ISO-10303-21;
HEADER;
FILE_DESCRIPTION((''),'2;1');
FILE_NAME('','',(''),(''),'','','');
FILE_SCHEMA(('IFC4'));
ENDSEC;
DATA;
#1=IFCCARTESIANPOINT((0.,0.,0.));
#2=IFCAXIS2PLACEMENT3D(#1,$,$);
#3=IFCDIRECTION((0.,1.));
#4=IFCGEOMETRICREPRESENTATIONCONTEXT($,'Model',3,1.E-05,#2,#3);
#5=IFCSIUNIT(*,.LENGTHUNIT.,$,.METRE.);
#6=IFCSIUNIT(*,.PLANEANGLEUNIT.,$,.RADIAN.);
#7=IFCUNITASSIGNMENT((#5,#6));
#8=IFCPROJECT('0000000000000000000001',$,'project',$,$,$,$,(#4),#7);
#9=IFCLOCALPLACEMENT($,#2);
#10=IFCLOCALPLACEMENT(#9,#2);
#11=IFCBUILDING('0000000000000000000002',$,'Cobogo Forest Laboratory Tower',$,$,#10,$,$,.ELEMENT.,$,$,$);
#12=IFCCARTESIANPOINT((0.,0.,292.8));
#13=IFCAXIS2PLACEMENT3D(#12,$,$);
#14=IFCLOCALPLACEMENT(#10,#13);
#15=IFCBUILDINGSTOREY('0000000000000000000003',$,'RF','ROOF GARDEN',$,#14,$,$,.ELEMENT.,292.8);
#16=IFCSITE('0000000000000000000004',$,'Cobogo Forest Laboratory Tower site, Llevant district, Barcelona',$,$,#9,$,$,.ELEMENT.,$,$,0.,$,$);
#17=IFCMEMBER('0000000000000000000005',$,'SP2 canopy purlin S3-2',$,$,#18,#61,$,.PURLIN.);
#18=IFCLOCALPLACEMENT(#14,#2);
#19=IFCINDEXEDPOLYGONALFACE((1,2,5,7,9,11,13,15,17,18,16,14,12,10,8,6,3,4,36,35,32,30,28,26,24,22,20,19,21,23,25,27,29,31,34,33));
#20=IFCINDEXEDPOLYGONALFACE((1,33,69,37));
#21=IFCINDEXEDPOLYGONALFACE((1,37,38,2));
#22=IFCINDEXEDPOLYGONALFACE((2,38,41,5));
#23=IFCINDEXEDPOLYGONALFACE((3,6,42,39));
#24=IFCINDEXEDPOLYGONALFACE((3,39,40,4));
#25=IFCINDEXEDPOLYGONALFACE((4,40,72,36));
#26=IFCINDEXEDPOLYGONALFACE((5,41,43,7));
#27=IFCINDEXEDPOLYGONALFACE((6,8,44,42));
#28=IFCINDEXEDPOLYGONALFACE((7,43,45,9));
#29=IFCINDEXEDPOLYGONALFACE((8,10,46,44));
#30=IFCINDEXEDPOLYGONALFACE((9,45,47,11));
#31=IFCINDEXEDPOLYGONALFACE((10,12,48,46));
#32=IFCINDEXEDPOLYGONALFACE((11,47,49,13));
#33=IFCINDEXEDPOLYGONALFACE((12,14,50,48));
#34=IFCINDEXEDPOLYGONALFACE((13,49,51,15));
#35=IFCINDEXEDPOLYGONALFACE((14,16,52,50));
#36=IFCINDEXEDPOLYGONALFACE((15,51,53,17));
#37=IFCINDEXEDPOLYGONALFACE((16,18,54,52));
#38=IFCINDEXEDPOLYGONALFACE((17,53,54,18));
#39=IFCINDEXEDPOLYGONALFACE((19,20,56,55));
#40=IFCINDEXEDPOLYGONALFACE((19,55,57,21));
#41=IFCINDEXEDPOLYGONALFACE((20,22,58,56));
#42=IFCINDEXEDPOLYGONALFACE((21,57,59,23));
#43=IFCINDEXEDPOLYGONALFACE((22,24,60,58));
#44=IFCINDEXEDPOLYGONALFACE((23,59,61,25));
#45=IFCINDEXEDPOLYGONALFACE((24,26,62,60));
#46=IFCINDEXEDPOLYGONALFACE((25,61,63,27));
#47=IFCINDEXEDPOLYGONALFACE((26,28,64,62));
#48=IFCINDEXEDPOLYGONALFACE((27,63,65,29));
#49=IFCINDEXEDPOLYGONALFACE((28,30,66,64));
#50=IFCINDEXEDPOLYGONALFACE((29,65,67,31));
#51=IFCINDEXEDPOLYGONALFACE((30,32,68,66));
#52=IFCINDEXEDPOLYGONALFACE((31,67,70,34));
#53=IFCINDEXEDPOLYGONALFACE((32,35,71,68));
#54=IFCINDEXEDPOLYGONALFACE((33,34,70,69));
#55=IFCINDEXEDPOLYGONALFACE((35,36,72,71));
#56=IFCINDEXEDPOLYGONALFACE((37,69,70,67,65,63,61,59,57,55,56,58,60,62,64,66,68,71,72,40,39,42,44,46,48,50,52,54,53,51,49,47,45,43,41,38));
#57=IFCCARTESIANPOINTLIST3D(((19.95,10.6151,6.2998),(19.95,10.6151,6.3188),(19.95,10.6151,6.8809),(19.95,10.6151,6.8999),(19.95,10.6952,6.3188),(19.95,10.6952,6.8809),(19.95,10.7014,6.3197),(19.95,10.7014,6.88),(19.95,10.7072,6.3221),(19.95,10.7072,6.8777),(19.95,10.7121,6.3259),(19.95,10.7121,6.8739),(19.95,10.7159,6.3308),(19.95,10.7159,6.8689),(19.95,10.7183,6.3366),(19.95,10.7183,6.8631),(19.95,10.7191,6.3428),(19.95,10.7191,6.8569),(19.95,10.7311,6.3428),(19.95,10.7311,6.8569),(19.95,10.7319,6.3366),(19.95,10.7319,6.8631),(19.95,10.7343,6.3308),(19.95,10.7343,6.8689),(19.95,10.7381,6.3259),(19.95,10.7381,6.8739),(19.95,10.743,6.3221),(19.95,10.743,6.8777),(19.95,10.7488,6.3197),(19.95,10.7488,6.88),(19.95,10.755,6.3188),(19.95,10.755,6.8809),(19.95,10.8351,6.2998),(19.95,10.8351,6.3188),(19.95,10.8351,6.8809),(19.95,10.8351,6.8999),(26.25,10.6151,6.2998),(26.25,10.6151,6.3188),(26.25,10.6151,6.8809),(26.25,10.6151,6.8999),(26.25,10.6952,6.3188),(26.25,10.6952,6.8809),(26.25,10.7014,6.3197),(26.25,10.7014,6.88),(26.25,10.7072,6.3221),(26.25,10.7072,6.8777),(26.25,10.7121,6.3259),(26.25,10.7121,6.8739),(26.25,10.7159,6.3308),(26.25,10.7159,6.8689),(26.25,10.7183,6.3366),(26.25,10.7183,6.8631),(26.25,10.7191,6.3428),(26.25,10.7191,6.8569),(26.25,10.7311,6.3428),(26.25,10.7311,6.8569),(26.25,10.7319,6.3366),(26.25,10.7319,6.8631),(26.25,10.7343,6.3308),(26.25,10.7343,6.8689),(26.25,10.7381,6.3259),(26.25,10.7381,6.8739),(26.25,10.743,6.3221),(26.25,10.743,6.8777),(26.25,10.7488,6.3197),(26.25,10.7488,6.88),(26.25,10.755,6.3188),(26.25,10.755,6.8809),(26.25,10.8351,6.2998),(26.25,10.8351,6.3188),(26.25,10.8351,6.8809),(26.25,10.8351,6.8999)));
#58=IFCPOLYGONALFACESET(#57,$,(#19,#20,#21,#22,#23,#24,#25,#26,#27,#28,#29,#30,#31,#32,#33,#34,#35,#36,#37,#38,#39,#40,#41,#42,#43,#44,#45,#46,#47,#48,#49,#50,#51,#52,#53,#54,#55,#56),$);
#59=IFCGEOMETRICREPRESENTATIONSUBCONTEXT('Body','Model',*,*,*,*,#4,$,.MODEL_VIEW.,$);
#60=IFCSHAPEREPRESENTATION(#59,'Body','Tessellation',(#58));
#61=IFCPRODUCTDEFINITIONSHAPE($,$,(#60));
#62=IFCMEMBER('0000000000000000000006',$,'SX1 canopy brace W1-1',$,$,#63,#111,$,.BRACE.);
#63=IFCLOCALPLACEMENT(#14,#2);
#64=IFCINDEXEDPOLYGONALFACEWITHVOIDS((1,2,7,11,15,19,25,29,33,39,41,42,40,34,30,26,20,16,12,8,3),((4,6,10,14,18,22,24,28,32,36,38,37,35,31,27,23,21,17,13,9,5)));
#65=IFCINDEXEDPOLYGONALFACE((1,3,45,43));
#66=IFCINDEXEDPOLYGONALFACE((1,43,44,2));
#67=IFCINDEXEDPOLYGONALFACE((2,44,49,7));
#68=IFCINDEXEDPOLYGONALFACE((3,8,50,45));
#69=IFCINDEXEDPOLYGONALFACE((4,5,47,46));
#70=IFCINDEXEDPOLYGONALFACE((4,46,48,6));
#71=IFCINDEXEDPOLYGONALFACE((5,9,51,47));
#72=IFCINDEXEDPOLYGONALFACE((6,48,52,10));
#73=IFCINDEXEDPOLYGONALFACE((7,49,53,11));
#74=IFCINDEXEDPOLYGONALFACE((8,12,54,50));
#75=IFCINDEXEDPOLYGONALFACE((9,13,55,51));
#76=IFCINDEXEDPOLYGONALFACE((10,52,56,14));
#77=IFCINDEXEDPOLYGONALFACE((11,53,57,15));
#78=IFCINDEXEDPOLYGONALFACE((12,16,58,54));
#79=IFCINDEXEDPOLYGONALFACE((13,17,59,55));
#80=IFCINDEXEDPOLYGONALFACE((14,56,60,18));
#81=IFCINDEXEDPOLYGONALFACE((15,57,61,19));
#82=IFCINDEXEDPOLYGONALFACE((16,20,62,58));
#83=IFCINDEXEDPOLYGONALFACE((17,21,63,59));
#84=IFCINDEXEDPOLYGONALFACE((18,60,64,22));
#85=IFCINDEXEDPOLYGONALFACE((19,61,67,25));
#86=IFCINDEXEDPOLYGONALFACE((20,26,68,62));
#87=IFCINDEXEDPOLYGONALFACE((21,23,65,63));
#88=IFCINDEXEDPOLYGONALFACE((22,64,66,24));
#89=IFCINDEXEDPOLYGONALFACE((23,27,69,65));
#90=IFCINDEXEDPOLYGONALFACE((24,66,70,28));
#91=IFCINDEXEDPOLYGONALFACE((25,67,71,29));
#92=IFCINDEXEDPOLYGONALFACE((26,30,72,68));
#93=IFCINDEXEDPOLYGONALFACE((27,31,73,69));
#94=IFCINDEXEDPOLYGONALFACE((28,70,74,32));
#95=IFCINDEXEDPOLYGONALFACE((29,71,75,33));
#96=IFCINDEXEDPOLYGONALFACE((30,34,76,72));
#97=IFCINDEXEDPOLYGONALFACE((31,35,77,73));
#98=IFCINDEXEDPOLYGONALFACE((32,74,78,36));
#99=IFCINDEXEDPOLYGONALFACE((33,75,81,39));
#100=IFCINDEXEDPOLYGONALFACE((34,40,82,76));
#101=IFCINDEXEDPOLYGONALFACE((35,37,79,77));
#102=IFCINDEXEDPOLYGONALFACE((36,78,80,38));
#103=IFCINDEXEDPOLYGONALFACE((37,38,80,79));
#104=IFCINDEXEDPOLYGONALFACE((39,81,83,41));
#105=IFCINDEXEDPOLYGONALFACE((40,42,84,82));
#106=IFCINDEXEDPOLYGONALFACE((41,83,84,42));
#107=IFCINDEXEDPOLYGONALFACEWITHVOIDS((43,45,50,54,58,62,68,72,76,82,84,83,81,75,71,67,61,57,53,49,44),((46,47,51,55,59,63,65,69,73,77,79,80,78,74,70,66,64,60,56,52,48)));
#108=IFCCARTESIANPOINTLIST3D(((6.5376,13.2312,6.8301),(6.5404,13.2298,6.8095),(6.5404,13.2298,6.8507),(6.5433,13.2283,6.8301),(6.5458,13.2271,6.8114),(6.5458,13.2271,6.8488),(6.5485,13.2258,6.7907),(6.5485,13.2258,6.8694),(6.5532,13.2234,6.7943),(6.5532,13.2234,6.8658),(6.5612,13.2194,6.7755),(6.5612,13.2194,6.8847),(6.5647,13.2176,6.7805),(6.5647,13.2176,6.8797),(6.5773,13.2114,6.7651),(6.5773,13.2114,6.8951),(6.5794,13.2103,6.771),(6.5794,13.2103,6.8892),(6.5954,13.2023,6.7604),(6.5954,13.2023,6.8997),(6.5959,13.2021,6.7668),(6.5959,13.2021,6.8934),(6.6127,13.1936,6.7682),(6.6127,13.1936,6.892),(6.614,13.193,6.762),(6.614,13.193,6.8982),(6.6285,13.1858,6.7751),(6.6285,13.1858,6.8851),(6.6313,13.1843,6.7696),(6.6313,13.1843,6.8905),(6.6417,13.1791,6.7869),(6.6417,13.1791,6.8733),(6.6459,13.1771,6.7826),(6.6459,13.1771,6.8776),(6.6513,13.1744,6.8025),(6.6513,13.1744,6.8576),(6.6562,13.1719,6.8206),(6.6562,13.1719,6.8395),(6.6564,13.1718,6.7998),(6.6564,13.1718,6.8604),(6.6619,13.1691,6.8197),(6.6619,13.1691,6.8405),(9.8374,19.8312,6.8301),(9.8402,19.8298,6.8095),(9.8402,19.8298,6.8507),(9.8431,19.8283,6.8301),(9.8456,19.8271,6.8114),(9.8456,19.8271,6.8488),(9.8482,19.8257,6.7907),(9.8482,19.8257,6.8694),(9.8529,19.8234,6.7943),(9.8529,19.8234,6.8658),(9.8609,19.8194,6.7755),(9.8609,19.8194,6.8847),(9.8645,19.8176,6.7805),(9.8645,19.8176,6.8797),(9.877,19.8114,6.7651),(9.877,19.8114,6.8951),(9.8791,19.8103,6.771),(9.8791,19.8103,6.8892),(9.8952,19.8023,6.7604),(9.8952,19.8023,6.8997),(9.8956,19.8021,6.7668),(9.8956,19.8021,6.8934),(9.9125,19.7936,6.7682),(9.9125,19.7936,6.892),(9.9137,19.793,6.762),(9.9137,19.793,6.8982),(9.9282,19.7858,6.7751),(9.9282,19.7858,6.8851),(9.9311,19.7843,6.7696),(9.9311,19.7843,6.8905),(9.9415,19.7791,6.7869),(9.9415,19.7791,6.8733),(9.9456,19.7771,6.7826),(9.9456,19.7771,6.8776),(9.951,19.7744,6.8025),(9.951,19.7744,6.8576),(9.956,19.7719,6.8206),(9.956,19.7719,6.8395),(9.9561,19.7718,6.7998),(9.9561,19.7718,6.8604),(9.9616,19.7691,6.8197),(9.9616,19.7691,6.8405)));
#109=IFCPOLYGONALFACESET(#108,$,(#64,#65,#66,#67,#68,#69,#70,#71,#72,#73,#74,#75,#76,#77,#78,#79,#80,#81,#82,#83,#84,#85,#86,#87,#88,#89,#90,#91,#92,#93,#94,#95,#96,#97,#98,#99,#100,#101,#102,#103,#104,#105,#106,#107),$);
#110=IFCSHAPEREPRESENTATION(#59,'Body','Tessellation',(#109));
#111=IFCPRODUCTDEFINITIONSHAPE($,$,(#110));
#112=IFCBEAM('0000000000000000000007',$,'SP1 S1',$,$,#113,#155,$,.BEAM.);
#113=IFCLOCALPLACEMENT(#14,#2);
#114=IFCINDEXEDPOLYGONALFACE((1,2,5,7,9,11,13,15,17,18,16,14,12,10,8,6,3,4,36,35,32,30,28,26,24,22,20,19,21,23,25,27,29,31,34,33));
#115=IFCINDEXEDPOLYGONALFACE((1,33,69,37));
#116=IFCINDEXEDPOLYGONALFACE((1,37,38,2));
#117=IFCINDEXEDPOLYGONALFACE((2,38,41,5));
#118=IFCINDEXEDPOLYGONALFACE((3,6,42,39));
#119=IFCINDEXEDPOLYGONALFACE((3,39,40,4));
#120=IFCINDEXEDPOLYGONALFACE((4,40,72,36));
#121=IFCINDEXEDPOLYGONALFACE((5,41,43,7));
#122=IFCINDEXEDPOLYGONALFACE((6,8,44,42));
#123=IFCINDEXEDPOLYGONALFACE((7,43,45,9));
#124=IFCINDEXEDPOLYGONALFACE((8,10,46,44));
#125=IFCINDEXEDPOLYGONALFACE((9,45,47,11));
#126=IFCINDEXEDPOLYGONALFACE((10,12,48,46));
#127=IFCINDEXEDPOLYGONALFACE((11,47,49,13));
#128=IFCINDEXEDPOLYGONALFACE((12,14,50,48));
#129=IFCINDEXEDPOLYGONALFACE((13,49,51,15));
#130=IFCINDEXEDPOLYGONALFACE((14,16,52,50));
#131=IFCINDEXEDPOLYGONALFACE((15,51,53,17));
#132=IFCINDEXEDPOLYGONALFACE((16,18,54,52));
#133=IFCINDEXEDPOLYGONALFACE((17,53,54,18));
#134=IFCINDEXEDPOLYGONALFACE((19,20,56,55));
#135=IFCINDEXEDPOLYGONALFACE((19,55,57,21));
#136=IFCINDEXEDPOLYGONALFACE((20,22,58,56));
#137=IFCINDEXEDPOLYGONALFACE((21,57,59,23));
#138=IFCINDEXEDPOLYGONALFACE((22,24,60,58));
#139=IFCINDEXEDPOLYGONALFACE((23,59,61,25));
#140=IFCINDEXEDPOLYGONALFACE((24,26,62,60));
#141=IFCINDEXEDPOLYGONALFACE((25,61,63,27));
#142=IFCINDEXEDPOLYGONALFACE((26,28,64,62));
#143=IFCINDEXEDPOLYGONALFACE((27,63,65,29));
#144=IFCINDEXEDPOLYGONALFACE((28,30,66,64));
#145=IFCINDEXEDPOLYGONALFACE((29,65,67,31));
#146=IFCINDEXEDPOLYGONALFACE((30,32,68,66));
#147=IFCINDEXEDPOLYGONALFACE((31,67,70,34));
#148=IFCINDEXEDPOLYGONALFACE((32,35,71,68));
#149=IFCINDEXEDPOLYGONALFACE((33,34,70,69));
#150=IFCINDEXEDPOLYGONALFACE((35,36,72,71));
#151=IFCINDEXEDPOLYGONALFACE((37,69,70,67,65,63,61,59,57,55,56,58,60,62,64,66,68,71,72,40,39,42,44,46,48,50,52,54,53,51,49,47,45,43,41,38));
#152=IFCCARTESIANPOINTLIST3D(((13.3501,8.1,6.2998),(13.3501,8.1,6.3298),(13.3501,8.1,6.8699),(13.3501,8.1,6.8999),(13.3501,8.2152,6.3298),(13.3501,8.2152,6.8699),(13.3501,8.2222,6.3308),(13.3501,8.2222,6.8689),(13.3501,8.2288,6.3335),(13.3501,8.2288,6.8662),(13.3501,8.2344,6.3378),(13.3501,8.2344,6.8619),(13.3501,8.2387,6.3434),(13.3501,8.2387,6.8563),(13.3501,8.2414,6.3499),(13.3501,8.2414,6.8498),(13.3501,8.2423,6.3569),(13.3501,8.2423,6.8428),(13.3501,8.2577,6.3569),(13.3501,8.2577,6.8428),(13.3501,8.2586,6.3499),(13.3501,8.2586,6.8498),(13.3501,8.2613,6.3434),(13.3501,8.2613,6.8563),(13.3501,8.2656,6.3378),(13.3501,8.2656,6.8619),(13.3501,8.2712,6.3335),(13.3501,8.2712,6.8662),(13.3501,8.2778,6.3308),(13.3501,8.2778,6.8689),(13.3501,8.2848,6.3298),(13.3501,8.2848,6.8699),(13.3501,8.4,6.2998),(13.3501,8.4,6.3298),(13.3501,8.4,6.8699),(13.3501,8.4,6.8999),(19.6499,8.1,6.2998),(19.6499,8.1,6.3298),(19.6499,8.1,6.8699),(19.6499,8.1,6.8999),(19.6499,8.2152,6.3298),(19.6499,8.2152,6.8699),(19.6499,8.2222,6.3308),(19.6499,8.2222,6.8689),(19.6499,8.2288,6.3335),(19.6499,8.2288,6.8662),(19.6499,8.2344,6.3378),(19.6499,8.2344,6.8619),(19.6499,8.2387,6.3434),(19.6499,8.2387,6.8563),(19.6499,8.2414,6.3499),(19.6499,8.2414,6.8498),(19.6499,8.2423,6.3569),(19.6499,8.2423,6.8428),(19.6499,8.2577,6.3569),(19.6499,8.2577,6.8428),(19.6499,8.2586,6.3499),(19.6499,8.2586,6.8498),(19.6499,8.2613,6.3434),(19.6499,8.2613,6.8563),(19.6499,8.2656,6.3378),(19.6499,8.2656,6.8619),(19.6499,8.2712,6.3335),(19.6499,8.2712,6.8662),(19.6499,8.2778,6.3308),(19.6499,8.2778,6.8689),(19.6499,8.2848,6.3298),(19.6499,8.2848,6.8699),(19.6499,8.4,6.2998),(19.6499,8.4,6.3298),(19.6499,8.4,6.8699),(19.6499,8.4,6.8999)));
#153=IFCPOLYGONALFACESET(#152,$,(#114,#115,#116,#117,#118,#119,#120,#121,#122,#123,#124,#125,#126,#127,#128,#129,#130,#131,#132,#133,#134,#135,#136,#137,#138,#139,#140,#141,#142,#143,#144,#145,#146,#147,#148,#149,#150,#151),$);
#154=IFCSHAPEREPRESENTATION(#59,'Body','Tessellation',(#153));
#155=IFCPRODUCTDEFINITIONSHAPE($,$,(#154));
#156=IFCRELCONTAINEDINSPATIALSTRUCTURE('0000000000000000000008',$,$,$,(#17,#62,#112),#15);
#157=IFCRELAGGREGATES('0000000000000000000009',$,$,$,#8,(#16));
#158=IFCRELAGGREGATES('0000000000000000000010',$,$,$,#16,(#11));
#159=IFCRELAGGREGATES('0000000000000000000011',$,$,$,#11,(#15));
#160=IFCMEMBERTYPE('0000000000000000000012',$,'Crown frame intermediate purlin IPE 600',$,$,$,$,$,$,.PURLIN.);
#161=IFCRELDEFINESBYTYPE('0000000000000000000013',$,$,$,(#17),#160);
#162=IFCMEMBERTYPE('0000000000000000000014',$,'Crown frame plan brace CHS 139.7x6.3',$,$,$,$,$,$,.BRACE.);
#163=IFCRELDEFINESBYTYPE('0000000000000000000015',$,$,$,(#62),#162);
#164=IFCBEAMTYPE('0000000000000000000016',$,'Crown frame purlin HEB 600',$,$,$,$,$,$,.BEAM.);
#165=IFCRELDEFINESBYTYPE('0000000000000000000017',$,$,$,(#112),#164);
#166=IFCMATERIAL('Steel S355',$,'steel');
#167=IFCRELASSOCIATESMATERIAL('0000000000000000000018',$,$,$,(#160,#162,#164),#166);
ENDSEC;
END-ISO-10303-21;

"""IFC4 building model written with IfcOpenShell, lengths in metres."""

from ifc_helpers import new_model, si_unit, direction, frame, origin, origin_2d, place, context, subcontext, project, spatial, hollow_circle, i_section, extrude, material, material_profile, profile_set, type_object, element, save


model = new_model("IFC4")

# Units and contexts
model_context = context("Model", 3, precision=1e-05, world=origin(), true_north=direction((0.0, 1.0)))
body_context = subcontext(model_context, "Body", "Model", "MODEL_VIEW")
ifc_project = project(units=[si_unit("LENGTHUNIT", "METRE"), si_unit("PLANEANGLEUNIT", "RADIAN")], contexts=[model_context])

# Site, building, storey
site_placement = place(None, origin())
site = spatial("IfcSite", under=ifc_project, at=site_placement, Name="Cobogo Forest Laboratory Tower site, Llevant district, Barcelona", CompositionType="ELEMENT", RefElevation=0.0)
building_placement = place(site_placement, origin())
building = spatial("IfcBuilding", under=site, at=building_placement, Name="Cobogo Forest Laboratory Tower", CompositionType="ELEMENT")
storey_placement = place(building_placement, frame((0.0, 0.0, 292.8)))
storey = spatial("IfcBuildingStorey", under=building, at=storey_placement, Name="RF", Description="ROOF GARDEN", CompositionType="ELEMENT", Elevation=292.8)

# Shared definitions
ifc_material_1 = material(Name="Steel S355", Category="steel")

# Members
ifc_material_profile_1 = material_profile(ifc_material_1, i_section(OverallWidth=0.22, OverallDepth=0.6001, WebThickness=0.012, FlangeThickness=0.019, FilletRadius=0.0239, at=origin_2d()), Name="IPE 600")
ifc_profile_set_1 = profile_set([ifc_material_profile_1], Name="Steel S355")
member_type_1 = type_object("IfcMemberType", Name="Crown frame intermediate purlin IPE 600", PredefinedType="PURLIN", material=ifc_profile_set_1)
member_1_placement = place(storey_placement, frame((19.95, 10.7251, 6.5999), z_axis=(1.0, 0.0, 0.0), x_axis=(0.0, 1.0, 0.0)))
element("IfcMember", 1, at=member_1_placement, inside=storey, type_object=member_type_1, Name="SP2 canopy purlin S3-2", PredefinedType="PURLIN", context=body_context, shape_type="SweptSolid", body=[
    extrude(i_section(OverallWidth=0.22, OverallDepth=0.6001, WebThickness=0.012, FlangeThickness=0.019, FilletRadius=0.0239, at=origin_2d()), origin(), (0.0, 0.0, 1.0), 6.3),
])
ifc_material_profile_2 = material_profile(ifc_material_1, hollow_circle(Radius=0.0698, WallThickness=0.0063, at=origin_2d()), Name="CHS 139.7x6.3")
ifc_profile_set_2 = profile_set([ifc_material_profile_2], Name="Steel S355")
member_type_2 = type_object("IfcMemberType", Name="Crown frame plan brace CHS 139.7x6.3", PredefinedType="BRACE", material=ifc_profile_set_2)
member_2_placement = place(storey_placement, frame((6.6001, 13.2, 6.8301), z_axis=(0.447187, 0.89444, 0.0), x_axis=(-0.89444, 0.447187, 0.0)))
element("IfcMember", 2, at=member_2_placement, inside=storey, type_object=member_type_2, Name="SX1 canopy brace W1-1", PredefinedType="BRACE", context=body_context, shape_type="SweptSolid", body=[
    extrude(hollow_circle(Radius=0.0698, WallThickness=0.0063, at=origin_2d()), origin(), (0.0, 0.0, 1.0), 7.3789),
])

# Beam
ifc_material_profile_3 = material_profile(ifc_material_1, i_section(OverallWidth=0.3, OverallDepth=0.6001, WebThickness=0.0154, FlangeThickness=0.03, FilletRadius=0.0271, at=origin_2d()), Name="HEB 600")
ifc_profile_set_3 = profile_set([ifc_material_profile_3], Name="Steel S355")
beam_type_1 = type_object("IfcBeamType", Name="Crown frame purlin HEB 600", PredefinedType="BEAM", material=ifc_profile_set_3)
beam_1_placement = place(storey_placement, frame((13.3501, 8.25, 6.5999), z_axis=(1.0, 0.0, 0.0), x_axis=(0.0, 1.0, 0.0)))
element("IfcBeam", 3, at=beam_1_placement, inside=storey, type_object=beam_type_1, Name="SP1 S1", PredefinedType="BEAM", context=body_context, shape_type="SweptSolid", body=[
    extrude(i_section(OverallWidth=0.3, OverallDepth=0.6001, WebThickness=0.0154, FlangeThickness=0.03, FilletRadius=0.0271, at=origin_2d()), origin(), (0.0, 0.0, 1.0), 6.2998),
])

save(model, "model.ifc")
